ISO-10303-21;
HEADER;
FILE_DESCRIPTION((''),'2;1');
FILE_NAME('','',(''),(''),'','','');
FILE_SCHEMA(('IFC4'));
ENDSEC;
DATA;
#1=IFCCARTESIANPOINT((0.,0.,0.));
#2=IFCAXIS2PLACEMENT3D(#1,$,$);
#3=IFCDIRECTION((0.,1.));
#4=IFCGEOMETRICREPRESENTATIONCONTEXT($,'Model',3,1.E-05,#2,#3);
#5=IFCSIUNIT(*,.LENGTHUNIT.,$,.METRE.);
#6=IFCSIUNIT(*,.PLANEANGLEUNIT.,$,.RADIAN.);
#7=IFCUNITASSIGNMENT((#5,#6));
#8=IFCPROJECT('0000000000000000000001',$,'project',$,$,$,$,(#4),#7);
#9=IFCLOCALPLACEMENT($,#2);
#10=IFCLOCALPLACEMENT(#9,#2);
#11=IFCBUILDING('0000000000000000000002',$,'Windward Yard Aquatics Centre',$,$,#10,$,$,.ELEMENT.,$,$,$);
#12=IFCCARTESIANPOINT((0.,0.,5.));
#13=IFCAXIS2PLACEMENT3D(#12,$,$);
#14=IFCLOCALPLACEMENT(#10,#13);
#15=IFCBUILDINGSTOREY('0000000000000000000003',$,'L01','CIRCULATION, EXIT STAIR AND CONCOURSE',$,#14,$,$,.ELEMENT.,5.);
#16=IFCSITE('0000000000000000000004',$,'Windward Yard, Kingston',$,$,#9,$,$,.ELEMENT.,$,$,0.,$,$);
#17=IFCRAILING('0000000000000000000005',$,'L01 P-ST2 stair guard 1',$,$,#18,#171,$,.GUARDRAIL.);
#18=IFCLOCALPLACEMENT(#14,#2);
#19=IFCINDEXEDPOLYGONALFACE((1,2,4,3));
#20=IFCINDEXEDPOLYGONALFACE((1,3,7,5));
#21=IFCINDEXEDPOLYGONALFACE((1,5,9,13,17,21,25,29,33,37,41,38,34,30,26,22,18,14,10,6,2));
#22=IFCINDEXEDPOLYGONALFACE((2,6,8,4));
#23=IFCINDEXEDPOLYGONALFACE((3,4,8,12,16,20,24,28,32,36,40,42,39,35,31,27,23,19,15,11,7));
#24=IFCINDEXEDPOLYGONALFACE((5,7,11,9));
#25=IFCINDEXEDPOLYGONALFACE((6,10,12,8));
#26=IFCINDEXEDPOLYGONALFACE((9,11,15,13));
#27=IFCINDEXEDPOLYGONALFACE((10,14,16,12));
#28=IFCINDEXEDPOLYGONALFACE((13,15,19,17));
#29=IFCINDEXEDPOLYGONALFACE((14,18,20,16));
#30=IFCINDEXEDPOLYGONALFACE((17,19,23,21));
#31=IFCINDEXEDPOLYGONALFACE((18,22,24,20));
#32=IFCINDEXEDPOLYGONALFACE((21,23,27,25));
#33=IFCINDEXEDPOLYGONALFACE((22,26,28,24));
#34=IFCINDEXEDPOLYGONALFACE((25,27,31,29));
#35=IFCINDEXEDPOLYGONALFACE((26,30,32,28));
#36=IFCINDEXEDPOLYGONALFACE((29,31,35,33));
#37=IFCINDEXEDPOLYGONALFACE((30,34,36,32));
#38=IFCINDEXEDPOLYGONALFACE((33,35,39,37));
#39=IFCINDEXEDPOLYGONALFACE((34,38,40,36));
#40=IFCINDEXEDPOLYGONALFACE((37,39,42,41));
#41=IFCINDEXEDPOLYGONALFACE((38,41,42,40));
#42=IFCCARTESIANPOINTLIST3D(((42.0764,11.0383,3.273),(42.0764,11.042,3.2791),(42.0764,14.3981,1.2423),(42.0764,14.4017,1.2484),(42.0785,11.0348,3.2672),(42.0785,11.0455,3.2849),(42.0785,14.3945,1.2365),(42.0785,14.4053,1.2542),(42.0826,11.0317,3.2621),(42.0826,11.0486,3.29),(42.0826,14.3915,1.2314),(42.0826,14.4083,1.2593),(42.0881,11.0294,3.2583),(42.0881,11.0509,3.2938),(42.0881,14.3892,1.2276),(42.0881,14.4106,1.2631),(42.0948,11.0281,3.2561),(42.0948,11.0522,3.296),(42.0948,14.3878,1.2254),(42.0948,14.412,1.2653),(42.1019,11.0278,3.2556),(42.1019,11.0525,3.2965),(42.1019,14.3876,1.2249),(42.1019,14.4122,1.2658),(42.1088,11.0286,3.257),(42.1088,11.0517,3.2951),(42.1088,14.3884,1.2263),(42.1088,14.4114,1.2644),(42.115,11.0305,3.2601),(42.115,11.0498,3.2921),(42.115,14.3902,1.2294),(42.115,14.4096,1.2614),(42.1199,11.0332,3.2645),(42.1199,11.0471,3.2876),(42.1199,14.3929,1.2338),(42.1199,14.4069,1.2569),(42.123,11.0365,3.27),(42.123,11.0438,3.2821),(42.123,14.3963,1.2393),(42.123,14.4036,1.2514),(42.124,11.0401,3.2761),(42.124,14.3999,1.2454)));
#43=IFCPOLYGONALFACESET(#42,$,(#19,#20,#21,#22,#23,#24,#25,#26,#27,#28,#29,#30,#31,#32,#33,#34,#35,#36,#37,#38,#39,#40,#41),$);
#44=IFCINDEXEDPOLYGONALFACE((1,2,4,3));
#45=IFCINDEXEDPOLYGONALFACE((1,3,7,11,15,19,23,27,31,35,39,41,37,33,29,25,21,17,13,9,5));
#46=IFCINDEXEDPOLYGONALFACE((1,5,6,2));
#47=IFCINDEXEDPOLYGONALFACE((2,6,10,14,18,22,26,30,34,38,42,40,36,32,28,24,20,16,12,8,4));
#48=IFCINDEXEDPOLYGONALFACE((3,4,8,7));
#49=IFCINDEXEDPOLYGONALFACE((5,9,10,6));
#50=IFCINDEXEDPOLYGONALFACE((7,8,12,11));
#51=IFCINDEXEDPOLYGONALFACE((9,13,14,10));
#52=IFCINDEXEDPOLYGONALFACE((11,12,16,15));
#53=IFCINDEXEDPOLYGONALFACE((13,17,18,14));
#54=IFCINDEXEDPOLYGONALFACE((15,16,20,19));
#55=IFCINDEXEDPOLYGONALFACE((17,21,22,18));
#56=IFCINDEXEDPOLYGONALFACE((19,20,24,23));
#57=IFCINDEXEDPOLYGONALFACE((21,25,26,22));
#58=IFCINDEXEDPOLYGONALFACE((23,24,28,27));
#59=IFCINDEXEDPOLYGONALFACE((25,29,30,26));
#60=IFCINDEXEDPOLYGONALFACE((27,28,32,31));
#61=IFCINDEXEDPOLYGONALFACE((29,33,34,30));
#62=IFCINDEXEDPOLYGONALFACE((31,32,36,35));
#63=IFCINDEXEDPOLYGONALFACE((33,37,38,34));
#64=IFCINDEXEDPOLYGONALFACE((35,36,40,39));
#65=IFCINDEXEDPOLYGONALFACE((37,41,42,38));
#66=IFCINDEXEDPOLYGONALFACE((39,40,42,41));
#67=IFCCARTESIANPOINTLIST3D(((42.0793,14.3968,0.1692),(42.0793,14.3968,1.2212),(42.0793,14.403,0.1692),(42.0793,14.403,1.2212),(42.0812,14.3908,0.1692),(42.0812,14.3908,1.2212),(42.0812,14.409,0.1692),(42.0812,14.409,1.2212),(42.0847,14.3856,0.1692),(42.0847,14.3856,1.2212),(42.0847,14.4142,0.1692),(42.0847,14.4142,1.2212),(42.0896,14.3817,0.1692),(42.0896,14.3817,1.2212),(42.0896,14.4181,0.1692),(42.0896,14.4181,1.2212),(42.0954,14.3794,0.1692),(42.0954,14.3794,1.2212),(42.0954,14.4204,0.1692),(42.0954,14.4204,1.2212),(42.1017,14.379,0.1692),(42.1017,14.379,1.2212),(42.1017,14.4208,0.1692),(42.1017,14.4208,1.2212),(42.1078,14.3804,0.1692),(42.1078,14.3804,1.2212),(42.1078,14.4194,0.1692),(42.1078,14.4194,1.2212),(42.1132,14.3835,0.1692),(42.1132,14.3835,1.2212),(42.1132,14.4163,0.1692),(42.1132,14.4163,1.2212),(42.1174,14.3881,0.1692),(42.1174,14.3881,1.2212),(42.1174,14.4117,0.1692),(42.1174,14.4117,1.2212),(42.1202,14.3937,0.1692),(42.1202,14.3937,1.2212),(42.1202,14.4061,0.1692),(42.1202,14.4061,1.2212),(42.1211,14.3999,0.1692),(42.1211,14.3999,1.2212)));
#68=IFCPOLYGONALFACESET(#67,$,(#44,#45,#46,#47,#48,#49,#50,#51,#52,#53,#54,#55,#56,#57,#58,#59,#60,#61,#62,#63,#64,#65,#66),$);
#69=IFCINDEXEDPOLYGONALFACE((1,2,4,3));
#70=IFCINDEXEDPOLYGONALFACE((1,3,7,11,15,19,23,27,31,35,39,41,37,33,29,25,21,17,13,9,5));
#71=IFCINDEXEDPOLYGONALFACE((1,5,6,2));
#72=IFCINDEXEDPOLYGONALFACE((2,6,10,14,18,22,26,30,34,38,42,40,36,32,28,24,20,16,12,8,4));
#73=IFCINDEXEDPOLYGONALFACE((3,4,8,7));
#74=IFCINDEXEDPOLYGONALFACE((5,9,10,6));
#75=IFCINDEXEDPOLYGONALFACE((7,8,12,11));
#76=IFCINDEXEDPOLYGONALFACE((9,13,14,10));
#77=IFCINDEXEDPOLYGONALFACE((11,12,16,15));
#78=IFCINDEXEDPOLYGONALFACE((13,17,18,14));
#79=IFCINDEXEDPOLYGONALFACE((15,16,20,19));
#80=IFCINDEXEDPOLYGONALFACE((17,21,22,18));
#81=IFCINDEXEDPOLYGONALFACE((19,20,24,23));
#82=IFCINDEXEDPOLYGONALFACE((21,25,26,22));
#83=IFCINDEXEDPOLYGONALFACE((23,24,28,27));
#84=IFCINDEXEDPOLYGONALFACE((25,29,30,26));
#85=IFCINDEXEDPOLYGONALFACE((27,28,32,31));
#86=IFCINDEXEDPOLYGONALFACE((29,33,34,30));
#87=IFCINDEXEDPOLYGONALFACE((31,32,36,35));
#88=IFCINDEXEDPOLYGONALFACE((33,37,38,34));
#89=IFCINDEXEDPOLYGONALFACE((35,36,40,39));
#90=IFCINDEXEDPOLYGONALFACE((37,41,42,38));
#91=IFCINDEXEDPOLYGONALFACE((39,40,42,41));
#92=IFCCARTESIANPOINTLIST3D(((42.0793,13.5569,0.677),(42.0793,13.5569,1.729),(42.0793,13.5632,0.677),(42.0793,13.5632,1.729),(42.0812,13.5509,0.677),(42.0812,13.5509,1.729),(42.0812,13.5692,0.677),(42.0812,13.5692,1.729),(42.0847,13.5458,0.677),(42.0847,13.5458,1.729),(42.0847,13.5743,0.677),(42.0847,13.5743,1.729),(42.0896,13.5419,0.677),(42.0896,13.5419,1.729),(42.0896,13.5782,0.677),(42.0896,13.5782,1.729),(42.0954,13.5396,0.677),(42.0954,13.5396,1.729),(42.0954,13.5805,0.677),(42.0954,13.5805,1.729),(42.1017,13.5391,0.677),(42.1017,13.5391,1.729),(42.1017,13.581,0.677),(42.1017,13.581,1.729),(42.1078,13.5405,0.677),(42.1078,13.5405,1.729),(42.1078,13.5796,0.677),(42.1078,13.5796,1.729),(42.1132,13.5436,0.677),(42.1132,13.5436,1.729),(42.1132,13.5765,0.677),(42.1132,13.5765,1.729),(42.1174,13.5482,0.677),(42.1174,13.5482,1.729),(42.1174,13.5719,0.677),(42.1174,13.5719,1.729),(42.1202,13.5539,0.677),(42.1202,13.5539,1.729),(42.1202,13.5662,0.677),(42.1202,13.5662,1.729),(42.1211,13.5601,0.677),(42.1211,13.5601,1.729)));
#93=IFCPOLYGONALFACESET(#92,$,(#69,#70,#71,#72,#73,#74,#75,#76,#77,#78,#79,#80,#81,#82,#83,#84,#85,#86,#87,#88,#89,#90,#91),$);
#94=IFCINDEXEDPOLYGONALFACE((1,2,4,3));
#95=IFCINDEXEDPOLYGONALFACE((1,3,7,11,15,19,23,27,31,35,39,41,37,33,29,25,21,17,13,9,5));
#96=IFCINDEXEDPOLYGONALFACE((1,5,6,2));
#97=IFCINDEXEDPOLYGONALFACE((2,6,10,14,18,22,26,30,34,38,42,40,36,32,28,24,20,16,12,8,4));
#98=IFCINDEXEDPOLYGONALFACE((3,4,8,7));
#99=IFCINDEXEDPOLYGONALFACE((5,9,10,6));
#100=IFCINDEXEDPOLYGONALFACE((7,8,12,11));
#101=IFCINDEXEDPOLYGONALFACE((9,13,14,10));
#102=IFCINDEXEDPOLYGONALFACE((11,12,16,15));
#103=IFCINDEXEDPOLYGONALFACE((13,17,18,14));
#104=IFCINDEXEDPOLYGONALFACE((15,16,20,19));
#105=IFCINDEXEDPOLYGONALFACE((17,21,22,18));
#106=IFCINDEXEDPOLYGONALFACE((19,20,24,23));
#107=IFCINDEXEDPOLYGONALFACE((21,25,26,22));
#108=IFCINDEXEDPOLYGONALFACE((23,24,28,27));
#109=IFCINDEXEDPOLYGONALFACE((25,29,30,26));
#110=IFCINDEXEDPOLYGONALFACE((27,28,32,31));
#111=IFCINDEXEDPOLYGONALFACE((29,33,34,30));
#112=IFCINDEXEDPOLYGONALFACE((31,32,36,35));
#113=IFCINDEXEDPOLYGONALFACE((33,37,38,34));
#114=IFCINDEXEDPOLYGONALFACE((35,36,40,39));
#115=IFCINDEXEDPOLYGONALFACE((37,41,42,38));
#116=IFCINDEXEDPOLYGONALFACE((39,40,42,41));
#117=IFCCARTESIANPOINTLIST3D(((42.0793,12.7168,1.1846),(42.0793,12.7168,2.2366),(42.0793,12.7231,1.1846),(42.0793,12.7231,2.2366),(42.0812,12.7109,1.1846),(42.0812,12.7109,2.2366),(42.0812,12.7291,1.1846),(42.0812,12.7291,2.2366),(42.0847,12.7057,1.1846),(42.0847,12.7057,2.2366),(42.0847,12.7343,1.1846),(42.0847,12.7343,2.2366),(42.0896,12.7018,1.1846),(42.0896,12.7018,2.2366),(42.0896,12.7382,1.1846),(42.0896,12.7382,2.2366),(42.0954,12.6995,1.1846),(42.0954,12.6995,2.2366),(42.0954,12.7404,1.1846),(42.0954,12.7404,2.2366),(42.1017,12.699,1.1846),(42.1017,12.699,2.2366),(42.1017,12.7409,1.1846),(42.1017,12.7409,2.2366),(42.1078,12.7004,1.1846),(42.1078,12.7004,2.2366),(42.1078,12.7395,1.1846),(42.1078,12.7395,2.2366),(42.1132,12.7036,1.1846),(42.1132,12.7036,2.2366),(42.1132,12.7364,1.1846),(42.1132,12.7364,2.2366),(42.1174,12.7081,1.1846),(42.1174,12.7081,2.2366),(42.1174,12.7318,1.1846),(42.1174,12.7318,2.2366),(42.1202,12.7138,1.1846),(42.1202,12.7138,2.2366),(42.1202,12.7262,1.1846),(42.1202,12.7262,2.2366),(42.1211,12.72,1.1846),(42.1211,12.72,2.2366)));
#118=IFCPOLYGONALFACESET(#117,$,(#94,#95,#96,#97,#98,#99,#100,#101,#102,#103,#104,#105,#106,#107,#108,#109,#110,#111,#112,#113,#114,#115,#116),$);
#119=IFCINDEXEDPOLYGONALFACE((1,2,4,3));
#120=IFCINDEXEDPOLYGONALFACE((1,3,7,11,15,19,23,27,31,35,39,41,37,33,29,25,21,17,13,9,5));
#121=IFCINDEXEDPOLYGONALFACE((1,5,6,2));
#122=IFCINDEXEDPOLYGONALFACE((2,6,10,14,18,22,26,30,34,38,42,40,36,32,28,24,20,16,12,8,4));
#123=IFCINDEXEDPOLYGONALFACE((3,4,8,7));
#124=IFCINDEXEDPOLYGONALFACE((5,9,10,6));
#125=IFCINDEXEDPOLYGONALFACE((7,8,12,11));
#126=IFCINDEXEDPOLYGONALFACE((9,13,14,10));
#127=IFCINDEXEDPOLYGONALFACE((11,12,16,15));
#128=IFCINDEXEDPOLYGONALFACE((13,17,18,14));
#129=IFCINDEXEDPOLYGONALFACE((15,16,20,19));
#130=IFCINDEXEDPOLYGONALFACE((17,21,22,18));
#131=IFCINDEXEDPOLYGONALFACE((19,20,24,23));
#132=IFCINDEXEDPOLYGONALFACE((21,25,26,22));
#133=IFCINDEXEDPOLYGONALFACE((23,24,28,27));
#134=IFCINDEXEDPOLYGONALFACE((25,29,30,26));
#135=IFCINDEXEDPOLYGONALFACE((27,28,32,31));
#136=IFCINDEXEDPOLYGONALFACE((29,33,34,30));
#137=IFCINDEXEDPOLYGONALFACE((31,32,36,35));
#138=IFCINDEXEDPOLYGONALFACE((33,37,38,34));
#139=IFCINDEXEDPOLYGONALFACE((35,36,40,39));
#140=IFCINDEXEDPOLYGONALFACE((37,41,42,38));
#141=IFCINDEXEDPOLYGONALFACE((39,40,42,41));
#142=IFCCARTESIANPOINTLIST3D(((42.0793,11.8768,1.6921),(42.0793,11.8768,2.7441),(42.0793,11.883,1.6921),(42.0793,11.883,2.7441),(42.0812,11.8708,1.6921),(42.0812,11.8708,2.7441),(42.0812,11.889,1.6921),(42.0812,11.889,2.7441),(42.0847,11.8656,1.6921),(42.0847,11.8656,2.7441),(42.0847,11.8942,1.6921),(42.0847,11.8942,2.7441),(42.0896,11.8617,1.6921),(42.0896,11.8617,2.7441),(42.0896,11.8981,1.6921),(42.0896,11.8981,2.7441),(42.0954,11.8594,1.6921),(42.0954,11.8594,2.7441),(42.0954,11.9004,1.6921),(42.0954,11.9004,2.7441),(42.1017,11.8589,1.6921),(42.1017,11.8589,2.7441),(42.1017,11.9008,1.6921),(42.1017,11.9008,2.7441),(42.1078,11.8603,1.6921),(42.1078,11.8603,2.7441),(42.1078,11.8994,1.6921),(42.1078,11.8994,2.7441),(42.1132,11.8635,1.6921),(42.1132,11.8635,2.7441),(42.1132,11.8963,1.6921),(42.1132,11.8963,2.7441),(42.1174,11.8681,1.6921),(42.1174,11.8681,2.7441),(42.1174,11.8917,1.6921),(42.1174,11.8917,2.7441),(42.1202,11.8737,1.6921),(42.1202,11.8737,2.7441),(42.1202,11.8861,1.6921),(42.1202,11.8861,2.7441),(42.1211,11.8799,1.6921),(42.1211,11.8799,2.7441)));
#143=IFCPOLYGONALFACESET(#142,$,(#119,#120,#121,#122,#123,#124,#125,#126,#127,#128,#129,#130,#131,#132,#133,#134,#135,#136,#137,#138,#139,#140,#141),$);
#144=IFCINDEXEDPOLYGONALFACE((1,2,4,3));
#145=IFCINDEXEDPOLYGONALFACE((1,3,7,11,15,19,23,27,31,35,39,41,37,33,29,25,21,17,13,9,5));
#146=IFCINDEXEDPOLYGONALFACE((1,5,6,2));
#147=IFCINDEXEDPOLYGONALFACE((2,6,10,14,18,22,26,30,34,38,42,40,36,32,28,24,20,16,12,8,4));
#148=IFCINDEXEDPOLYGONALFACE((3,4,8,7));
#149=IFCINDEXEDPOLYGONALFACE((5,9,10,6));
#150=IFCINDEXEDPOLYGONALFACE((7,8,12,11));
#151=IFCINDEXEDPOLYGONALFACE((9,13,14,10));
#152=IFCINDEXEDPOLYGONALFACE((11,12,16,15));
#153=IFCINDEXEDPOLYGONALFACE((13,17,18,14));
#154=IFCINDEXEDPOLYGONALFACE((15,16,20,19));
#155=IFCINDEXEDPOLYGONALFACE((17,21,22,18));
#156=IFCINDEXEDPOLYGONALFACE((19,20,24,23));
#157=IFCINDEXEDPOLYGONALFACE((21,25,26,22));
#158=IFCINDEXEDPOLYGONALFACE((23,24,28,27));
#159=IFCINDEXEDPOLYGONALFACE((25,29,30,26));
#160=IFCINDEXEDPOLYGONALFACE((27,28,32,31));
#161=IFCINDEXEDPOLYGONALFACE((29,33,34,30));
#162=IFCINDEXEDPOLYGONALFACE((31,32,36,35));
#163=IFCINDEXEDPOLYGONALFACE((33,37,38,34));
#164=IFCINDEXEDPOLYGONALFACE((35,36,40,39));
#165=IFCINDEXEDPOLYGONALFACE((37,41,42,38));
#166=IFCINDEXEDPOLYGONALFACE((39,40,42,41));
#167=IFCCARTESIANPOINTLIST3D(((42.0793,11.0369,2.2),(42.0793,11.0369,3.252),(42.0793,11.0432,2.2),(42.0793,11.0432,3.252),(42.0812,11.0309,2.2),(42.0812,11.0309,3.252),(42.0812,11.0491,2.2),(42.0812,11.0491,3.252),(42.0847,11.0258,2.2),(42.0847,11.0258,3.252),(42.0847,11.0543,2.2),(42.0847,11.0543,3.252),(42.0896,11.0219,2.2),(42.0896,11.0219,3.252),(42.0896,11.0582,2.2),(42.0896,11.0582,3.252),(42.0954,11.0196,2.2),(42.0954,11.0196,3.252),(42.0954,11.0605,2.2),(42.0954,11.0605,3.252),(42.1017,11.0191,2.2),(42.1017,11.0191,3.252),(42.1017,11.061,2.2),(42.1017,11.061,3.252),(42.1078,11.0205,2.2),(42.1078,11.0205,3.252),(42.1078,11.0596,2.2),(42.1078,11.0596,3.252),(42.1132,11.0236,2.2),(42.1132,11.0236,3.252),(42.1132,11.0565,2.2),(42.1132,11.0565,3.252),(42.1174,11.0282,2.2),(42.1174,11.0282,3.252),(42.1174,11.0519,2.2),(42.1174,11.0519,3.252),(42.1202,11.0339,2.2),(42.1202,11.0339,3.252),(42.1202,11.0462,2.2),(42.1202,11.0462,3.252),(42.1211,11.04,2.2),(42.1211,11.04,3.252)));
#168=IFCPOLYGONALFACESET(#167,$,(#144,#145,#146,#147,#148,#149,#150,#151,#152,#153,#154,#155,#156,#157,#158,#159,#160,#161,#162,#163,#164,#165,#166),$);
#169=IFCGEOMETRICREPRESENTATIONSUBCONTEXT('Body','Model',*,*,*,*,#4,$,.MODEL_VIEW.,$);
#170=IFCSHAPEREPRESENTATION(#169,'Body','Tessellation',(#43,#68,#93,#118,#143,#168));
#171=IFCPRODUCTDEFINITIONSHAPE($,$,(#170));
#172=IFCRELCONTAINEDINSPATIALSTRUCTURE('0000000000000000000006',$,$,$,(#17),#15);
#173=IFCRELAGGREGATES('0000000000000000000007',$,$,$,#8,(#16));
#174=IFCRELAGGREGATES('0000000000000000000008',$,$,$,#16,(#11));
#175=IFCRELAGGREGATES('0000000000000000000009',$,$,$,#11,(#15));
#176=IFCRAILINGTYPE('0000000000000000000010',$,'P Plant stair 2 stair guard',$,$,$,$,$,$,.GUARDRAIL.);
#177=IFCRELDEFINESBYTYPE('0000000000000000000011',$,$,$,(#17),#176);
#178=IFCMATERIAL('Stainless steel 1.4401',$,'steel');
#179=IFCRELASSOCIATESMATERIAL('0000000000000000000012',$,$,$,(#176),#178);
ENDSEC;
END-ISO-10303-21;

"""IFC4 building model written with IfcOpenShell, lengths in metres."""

from ifc_helpers import new_model, si_unit, direction, frame, origin, origin_2d, place, context, subcontext, project, spatial, circle, extrude, material, type_object, element, save


model = new_model("IFC4")

# Units and contexts
model_context = context("Model", 3, precision=1e-05, world=origin(), true_north=direction((0.0, 1.0)))
body_context = subcontext(model_context, "Body", "Model", "MODEL_VIEW")
ifc_project = project(units=[si_unit("LENGTHUNIT", "METRE"), si_unit("PLANEANGLEUNIT", "RADIAN")], contexts=[model_context])

# Site, building, storey
site_placement = place(None, origin())
site = spatial("IfcSite", under=ifc_project, at=site_placement, Name="Windward Yard, Kingston", CompositionType="ELEMENT", RefElevation=0.0)
building_placement = place(site_placement, origin())
building = spatial("IfcBuilding", under=site, at=building_placement, Name="Windward Yard Aquatics Centre", CompositionType="ELEMENT")
storey_placement = place(building_placement, frame((0.0, 0.0, 5.0)))
storey = spatial("IfcBuildingStorey", under=building, at=storey_placement, Name="L01", Description="CIRCULATION, EXIT STAIR AND CONCOURSE", CompositionType="ELEMENT", Elevation=5.0)

# Railing
ifc_material_1 = material(Name="Stainless steel 1.4401", Category="steel")
railing_type_1 = type_object("IfcRailingType", Name="P Plant stair 2 stair guard", PredefinedType="GUARDRAIL", material=ifc_material_1)
railing_1_placement = place(storey_placement, frame((42.1001, 14.3999, 0.1692)))
element("IfcRailing", 1, at=railing_1_placement, inside=storey, type_object=railing_type_1, Name="L01 P-ST2 stair guard 1", PredefinedType="GUARDRAIL", context=body_context, shape_type="SweptSolid", body=[
    extrude(circle(Radius=0.0239, at=origin_2d()), frame((0.0, 0.0, 1.0762), z_axis=(0.0, -0.85582, 0.517273), x_axis=(1.0, 0.0, 0.0)), (0.0, 0.0, 1.0), 3.9258),
    extrude(circle(Radius=0.021, at=origin_2d()), origin(), (0.0, 0.0, 1.0), 1.052),
    extrude(circle(Radius=0.021, at=origin_2d()), frame((0.0, -0.8398, 0.5078)), (0.0, 0.0, 1.0), 1.052),
    extrude(circle(Radius=0.021, at=origin_2d()), frame((0.0, -1.6799, 1.0154)), (0.0, 0.0, 1.0), 1.052),
    extrude(circle(Radius=0.021, at=origin_2d()), frame((0.0, -2.52, 1.5229)), (0.0, 0.0, 1.0), 1.052),
    extrude(circle(Radius=0.021, at=origin_2d()), frame((0.0, -3.3599, 2.0308)), (0.0, 0.0, 1.0), 1.052),
])

save(model, "model.ifc")
